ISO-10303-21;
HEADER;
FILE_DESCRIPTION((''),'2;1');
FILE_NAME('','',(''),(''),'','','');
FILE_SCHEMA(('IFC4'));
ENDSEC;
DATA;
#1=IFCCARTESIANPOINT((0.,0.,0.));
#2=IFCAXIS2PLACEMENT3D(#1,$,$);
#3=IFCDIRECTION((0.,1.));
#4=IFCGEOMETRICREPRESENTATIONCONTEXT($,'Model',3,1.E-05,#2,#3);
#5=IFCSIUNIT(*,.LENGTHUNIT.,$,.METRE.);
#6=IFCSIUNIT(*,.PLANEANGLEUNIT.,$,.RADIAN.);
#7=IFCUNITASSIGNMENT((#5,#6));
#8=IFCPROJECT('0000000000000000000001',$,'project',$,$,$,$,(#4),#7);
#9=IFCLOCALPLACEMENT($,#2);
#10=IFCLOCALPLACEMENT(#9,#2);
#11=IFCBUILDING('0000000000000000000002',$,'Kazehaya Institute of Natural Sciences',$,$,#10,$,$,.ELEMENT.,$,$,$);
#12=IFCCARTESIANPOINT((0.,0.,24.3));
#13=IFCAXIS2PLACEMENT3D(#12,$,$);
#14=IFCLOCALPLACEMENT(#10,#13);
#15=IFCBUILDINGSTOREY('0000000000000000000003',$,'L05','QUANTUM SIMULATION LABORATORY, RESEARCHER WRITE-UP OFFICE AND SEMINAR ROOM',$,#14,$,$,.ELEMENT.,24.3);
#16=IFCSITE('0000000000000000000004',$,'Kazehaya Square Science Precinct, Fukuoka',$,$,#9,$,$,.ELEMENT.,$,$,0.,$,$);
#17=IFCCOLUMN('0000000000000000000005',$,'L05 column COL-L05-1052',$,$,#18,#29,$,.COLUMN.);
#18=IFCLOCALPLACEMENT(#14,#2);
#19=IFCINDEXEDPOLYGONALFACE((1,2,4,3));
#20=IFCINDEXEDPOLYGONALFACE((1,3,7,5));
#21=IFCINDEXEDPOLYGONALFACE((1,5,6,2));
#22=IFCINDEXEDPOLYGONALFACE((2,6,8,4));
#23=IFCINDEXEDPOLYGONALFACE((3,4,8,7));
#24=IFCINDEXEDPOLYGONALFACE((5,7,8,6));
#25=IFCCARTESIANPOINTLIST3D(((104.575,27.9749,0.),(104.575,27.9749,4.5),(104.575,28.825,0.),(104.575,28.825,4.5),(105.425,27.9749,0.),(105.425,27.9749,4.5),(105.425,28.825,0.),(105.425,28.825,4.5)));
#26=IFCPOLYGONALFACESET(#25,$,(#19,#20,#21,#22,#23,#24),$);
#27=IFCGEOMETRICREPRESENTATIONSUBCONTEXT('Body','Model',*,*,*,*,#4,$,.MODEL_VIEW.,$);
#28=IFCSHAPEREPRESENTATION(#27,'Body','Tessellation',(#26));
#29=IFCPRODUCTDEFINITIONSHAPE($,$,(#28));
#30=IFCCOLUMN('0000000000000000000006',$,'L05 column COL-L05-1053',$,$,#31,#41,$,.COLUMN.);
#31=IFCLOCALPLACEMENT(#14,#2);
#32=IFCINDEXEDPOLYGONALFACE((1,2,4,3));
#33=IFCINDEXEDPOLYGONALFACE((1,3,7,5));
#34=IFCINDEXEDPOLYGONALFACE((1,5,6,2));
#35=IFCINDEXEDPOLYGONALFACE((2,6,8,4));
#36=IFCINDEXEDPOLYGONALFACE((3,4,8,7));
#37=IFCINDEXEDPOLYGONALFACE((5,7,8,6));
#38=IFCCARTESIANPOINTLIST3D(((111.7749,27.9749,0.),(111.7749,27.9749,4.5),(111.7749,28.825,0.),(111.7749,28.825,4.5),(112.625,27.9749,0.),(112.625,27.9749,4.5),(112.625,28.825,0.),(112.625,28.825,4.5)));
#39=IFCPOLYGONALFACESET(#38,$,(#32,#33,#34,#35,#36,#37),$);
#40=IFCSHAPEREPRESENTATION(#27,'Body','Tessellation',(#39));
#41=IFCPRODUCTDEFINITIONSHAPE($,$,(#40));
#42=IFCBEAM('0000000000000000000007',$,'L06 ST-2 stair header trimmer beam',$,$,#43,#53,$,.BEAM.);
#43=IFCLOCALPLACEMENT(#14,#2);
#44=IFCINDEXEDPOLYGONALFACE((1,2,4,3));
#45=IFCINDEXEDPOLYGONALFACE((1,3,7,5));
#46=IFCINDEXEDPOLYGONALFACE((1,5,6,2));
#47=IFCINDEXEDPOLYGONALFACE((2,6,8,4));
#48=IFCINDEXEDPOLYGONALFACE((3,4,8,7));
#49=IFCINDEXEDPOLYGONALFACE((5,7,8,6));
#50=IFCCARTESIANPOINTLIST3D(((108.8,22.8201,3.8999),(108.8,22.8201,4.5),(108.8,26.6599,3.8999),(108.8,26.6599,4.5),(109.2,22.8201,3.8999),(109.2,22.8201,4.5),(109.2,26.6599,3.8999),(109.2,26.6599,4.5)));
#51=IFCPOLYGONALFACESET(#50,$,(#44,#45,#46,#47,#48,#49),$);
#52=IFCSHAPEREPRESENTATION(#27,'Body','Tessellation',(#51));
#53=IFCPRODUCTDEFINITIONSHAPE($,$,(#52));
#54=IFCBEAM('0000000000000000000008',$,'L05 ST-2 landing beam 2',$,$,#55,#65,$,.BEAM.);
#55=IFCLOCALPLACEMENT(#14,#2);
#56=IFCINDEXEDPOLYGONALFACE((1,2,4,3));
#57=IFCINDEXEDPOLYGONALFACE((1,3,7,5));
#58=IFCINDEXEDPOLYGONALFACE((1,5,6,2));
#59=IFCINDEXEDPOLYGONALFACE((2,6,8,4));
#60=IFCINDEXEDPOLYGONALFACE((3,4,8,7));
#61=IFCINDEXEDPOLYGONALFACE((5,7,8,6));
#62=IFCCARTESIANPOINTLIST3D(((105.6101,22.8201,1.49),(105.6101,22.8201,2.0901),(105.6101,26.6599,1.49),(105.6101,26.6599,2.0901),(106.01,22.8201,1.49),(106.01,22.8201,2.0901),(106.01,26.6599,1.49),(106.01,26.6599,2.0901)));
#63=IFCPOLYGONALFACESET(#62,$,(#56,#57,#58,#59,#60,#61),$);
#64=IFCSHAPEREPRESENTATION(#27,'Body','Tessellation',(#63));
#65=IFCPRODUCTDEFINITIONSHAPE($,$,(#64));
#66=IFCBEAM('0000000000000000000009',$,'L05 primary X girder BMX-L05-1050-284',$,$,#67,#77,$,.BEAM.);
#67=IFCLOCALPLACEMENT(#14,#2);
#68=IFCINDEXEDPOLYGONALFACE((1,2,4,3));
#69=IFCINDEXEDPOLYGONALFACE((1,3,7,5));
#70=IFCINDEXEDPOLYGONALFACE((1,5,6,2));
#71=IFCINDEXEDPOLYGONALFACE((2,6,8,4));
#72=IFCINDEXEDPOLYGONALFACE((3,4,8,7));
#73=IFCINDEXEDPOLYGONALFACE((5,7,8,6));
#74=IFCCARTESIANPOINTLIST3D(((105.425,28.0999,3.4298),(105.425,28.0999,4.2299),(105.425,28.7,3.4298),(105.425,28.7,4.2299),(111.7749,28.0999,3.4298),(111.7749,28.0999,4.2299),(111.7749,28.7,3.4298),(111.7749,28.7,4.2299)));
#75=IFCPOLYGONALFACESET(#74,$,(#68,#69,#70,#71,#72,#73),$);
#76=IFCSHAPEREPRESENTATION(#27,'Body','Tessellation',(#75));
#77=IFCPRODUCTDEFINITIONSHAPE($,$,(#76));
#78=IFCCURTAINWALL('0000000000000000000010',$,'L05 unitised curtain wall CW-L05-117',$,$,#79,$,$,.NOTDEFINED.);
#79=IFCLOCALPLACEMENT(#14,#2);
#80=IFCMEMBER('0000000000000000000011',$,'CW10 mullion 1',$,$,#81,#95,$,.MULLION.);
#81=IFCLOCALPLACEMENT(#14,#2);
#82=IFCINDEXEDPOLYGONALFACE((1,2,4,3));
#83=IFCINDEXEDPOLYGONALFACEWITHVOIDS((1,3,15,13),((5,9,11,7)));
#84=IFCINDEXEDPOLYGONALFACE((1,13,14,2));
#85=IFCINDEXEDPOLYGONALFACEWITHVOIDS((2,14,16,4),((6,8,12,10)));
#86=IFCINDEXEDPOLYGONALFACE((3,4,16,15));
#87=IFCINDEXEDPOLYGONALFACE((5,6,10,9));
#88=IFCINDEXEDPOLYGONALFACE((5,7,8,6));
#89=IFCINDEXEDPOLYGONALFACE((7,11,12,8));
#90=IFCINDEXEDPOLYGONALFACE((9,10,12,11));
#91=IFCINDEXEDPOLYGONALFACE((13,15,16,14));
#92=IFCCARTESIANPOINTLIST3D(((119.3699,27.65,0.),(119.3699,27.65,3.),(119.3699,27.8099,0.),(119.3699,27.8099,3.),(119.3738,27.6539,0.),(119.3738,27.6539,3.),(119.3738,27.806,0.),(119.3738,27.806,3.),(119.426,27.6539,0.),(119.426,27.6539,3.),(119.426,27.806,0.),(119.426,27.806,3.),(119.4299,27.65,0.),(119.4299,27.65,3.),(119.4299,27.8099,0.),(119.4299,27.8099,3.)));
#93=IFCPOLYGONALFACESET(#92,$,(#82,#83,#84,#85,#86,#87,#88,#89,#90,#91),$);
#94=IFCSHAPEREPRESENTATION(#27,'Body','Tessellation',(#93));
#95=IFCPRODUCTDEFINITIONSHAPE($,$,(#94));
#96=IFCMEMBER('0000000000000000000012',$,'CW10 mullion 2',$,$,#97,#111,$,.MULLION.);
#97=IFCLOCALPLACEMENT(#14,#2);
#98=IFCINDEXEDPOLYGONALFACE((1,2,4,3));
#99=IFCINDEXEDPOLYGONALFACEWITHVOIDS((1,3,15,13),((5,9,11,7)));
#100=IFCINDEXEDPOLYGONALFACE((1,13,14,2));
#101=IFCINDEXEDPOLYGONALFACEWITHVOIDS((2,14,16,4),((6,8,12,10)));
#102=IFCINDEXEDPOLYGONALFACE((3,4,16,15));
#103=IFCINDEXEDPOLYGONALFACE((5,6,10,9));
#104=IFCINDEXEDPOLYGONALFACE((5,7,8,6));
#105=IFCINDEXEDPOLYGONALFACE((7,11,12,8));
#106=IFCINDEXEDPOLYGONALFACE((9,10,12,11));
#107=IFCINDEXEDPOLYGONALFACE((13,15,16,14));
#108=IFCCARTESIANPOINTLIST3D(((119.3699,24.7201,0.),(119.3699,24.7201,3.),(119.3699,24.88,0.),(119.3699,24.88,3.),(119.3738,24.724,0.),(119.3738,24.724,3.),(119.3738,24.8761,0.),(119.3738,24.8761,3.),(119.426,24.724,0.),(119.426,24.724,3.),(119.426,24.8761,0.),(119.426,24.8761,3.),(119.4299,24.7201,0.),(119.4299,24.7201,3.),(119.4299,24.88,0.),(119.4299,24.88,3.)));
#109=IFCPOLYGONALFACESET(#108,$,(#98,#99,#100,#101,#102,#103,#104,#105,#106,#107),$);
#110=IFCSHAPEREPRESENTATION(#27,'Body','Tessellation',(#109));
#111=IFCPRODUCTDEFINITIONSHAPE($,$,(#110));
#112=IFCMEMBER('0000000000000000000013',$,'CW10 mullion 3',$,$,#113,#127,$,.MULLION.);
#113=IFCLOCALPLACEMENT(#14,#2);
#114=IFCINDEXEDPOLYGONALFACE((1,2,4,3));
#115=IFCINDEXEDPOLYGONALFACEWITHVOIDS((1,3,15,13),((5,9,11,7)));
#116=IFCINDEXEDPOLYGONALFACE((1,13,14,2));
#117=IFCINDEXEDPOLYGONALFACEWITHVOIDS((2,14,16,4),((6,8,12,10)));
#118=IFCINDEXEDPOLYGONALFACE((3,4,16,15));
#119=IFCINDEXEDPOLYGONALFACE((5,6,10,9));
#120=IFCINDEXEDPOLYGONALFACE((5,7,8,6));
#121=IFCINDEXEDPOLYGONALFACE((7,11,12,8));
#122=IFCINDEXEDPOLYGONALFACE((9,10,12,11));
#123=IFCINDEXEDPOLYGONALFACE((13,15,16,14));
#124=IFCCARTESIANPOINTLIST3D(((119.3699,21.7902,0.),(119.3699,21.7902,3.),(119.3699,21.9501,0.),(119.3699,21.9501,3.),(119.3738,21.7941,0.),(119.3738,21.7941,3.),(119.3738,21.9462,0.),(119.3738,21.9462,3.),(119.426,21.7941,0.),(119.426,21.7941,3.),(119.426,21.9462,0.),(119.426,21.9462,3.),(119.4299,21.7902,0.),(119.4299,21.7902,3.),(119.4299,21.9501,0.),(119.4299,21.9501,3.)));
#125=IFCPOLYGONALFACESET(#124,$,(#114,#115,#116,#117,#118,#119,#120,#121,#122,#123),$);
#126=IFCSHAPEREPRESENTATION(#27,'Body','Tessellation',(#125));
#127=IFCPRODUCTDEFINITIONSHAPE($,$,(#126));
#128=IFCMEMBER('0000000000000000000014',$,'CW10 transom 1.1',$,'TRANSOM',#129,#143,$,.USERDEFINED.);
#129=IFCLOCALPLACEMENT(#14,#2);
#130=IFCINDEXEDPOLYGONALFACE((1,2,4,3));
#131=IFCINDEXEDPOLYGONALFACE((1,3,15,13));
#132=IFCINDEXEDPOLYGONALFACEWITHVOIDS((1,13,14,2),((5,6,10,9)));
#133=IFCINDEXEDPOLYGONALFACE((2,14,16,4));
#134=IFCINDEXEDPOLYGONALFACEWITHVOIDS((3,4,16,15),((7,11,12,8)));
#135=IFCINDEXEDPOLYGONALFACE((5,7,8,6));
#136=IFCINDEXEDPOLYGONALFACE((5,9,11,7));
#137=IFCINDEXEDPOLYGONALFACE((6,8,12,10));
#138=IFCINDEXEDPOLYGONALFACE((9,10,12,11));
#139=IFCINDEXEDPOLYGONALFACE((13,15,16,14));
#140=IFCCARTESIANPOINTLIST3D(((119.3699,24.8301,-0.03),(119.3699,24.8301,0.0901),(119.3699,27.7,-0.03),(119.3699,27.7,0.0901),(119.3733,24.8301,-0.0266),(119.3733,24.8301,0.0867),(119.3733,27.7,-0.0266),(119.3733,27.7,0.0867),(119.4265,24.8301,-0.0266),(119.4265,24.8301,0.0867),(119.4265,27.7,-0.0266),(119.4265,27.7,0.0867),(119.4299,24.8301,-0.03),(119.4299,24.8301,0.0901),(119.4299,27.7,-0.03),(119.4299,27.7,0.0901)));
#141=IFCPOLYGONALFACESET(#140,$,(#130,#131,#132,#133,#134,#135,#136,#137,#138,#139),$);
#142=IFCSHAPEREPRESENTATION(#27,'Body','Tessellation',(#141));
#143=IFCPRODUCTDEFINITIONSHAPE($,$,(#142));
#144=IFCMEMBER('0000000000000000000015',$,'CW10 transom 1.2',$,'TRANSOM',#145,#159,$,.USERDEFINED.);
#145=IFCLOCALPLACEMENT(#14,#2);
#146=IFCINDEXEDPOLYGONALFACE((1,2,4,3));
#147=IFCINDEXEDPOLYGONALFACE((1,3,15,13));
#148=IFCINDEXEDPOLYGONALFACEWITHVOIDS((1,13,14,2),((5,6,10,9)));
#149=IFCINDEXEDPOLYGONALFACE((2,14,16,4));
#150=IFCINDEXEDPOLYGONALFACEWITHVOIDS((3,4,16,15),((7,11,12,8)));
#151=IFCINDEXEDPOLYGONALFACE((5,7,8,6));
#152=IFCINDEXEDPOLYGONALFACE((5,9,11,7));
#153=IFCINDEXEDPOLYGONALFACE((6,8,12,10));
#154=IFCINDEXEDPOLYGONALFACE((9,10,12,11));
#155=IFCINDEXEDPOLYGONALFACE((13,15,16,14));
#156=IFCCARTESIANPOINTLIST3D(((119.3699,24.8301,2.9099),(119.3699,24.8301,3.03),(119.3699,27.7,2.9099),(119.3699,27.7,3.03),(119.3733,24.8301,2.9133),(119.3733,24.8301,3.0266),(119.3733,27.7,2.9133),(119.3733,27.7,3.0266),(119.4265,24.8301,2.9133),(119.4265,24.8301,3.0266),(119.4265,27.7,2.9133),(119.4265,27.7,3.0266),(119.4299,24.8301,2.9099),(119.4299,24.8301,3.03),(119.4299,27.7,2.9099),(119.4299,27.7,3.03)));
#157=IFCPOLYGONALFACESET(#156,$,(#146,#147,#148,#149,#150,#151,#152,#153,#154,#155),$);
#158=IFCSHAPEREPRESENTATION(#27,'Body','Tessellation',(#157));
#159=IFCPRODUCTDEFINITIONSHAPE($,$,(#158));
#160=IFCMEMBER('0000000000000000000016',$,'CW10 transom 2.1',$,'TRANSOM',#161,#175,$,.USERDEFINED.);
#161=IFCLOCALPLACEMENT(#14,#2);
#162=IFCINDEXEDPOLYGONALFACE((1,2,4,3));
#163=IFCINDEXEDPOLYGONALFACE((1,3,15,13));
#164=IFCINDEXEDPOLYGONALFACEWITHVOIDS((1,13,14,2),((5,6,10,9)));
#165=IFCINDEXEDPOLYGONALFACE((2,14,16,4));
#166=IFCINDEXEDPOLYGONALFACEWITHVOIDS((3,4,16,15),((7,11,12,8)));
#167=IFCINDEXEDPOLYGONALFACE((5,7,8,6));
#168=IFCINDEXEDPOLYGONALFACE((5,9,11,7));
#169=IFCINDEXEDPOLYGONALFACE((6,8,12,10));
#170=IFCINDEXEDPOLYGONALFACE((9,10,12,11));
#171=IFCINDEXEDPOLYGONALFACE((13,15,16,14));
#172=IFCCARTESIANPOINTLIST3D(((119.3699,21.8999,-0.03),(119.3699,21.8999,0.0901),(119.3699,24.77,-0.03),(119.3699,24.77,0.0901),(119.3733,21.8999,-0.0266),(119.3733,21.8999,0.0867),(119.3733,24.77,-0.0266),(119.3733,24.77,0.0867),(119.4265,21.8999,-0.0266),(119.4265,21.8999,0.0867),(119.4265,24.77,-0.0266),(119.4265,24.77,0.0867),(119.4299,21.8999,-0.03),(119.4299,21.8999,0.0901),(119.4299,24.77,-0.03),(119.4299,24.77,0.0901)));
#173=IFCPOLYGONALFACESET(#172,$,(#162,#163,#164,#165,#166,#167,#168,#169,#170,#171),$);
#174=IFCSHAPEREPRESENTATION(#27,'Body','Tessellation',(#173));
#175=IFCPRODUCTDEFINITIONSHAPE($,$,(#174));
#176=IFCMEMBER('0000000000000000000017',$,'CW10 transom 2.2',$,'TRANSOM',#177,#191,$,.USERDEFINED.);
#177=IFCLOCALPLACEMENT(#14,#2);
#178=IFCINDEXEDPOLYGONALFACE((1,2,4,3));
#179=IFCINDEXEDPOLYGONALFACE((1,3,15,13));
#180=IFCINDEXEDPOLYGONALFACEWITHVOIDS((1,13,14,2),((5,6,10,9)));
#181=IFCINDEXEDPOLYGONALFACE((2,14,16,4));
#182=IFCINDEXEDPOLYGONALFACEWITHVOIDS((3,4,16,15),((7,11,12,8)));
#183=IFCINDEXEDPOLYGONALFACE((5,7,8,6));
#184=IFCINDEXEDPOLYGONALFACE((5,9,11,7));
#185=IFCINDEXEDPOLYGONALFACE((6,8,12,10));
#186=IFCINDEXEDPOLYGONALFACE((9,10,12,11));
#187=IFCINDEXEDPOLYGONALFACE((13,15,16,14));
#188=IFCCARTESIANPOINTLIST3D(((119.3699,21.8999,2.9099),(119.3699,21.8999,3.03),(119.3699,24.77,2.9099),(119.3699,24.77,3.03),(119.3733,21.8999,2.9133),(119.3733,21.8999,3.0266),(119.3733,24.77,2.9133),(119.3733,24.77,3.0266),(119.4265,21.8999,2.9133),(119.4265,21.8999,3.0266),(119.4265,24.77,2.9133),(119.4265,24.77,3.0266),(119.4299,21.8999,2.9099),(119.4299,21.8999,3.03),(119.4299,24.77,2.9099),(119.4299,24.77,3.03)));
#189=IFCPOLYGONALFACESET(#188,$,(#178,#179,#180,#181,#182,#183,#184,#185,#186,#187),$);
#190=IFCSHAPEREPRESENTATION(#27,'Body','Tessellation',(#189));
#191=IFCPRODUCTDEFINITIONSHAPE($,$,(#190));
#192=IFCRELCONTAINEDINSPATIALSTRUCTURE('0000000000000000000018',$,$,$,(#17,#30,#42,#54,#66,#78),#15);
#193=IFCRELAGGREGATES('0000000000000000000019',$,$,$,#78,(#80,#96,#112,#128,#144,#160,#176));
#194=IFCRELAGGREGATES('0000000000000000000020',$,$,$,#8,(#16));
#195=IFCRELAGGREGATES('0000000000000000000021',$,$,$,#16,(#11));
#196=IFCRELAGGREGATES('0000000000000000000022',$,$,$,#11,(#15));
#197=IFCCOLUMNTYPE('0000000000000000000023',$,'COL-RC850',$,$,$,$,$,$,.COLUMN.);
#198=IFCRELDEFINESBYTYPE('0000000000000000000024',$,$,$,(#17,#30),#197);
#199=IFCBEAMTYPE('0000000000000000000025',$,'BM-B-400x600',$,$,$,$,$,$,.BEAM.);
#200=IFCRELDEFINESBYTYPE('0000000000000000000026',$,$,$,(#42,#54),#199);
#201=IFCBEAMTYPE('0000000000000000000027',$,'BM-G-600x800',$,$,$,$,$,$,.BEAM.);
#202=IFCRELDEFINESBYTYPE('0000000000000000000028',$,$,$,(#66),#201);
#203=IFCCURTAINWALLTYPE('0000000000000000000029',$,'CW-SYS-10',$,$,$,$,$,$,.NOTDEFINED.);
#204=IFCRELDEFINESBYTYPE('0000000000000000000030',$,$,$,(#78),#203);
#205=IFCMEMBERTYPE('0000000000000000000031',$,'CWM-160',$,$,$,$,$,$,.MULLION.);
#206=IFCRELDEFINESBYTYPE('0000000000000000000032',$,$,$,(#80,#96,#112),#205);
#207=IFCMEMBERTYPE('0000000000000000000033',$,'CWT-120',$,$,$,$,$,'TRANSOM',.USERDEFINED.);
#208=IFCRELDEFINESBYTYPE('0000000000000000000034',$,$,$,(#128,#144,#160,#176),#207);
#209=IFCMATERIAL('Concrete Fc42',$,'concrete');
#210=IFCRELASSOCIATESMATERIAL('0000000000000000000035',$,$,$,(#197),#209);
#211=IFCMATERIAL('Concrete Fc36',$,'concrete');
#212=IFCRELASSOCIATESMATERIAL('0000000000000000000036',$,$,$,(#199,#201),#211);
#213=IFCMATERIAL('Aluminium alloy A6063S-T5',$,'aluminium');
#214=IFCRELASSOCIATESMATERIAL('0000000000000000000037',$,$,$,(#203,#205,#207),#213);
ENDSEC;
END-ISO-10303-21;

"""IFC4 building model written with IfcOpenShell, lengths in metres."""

from ifc_helpers import new_model, si_unit, direction, frame, origin, origin_2d, place, context, subcontext, project, spatial, rectangle, hollow_rectangle, extrude, material, material_profile, profile_set, type_object, element, aggregate, save


model = new_model("IFC4")

# Units and contexts
model_context = context("Model", 3, precision=1e-05, world=origin(), true_north=direction((0.0, 1.0)))
body_context = subcontext(model_context, "Body", "Model", "MODEL_VIEW")
ifc_project = project(units=[si_unit("LENGTHUNIT", "METRE"), si_unit("PLANEANGLEUNIT", "RADIAN")], contexts=[model_context])

# Site, building, storey
site_placement = place(None, origin())
site = spatial("IfcSite", under=ifc_project, at=site_placement, Name="Kazehaya Square Science Precinct, Fukuoka", CompositionType="ELEMENT", RefElevation=0.0)
building_placement = place(site_placement, origin())
building = spatial("IfcBuilding", under=site, at=building_placement, Name="Kazehaya Institute of Natural Sciences", CompositionType="ELEMENT")
storey_placement = place(building_placement, frame((0.0, 0.0, 24.3)))
storey = spatial("IfcBuildingStorey", under=building, at=storey_placement, Name="L05", Description="QUANTUM SIMULATION LABORATORY, RESEARCHER WRITE-UP OFFICE AND SEMINAR ROOM", CompositionType="ELEMENT", Elevation=24.3)

# Columns
ifc_material_1 = material(Name="Concrete Fc42", Category="concrete")
ifc_material_profile_1 = material_profile(ifc_material_1, rectangle(XDim=0.8501, YDim=0.8501, at=origin_2d()), Name="RC-850x850")
ifc_profile_set_1 = profile_set([ifc_material_profile_1], Name="Concrete Fc42")
column_type = type_object("IfcColumnType", Name="COL-RC850", PredefinedType="COLUMN", material=ifc_profile_set_1)
for number, where, z_axis, x_axis, name in (
    (1, (105.0, 28.3999, 0.0), (0.0, 0.0, 1.0), (1.0, 0.0, 0.0), "L05 column COL-L05-1052"),
    (2, (112.2, 28.3999, 0.0), (0.0, 0.0, 1.0), (1.0, 0.0, 0.0), "L05 column COL-L05-1053"),
):
    element("IfcColumn", number, at=place(storey_placement, frame(where, z_axis=z_axis, x_axis=x_axis)), inside=storey, type_object=column_type, Name=name, PredefinedType="COLUMN", context=body_context, shape_type="SweptSolid", body=[
        extrude(rectangle(XDim=0.8501, YDim=0.8501, at=origin_2d()), origin(), (0.0, 0.0, 1.0), 4.5),
    ])

# Beams
ifc_material_2 = material(Name="Concrete Fc36", Category="concrete")
ifc_material_profile_2 = material_profile(ifc_material_2, rectangle(XDim=0.3999, YDim=0.6001, at=origin_2d()), Name="RC-400x600")
ifc_profile_set_2 = profile_set([ifc_material_profile_2], Name="Concrete Fc36")
beam_type_1 = type_object("IfcBeamType", Name="BM-B-400x600", PredefinedType="BEAM", material=ifc_profile_set_2)
for number, where, z_axis, x_axis, name in (
    (3, (109.0, 22.8201, 4.2), (0.0, 1.0, 0.0), (-1.0, 0.0, 0.0), "L06 ST-2 stair header trimmer beam"),
    (4, (105.8101, 22.8201, 1.79), (0.0, 1.0, 0.0), (-1.0, 0.0, 0.0), "L05 ST-2 landing beam 2"),
):
    element("IfcBeam", number, at=place(storey_placement, frame(where, z_axis=z_axis, x_axis=x_axis)), inside=storey, type_object=beam_type_1, Name=name, PredefinedType="BEAM", context=body_context, shape_type="SweptSolid", body=[
        extrude(rectangle(XDim=0.3999, YDim=0.6001, at=origin_2d()), origin(), (0.0, 0.0, 1.0), 3.8398),
    ])
ifc_material_profile_3 = material_profile(ifc_material_2, rectangle(XDim=0.6001, YDim=0.8, at=origin_2d()), Name="RC-600x800")
ifc_profile_set_3 = profile_set([ifc_material_profile_3], Name="Concrete Fc36")
beam_type_2 = type_object("IfcBeamType", Name="BM-G-600x800", PredefinedType="BEAM", material=ifc_profile_set_3)
beam_placement = place(storey_placement, frame((105.425, 28.3999, 3.8298), z_axis=(1.0, 0.0, 0.0), x_axis=(0.0, 1.0, 0.0)))
element("IfcBeam", 5, at=beam_placement, inside=storey, type_object=beam_type_2, Name="L05 primary X girder BMX-L05-1050-284", PredefinedType="BEAM", context=body_context, shape_type="SweptSolid", body=[
    extrude(rectangle(XDim=0.6001, YDim=0.8, at=origin_2d()), origin(), (0.0, 0.0, 1.0), 6.3499),
])

# Curtain wall, members
ifc_material_3 = material(Name="Aluminium alloy A6063S-T5", Category="aluminium")
curtain_wall_type = type_object("IfcCurtainWallType", Name="CW-SYS-10", PredefinedType="NOTDEFINED", material=ifc_material_3)
curtain_wall_placement = place(storey_placement, origin())
curtain_wall = element("IfcCurtainWall", 6, at=curtain_wall_placement, inside=storey, type_object=curtain_wall_type, Name="L05 unitised curtain wall CW-L05-117", PredefinedType="NOTDEFINED")
ifc_material_profile_4 = material_profile(ifc_material_3, hollow_rectangle(XDim=0.0601, YDim=0.1599, WallThickness=0.0039, at=origin_2d()), Name="ALU-60x160x4")
ifc_profile_set_4 = profile_set([ifc_material_profile_4], Name="Aluminium alloy A6063S-T5")
member_type_1 = type_object("IfcMemberType", Name="CWM-160", PredefinedType="MULLION", material=ifc_profile_set_4)
member_1_placement = place(storey_placement, frame((119.3999, 27.73, 0.0), z_axis=(0.0, 0.0, 1.0), x_axis=(1.0, 0.0, 0.0)))
member_1 = element("IfcMember", 7, at=member_1_placement, type_object=member_type_1, Name="CW10 mullion 1", PredefinedType="MULLION", context=body_context, shape_type="SweptSolid", body=[
    extrude(hollow_rectangle(XDim=0.0601, YDim=0.1599, WallThickness=0.0039, at=origin_2d()), origin(), (0.0, 0.0, 1.0), 3.0),
])
member_2_placement = place(storey_placement, frame((119.3999, 24.8, 0.0), z_axis=(0.0, 0.0, 1.0), x_axis=(1.0, 0.0, 0.0)))
member_2 = element("IfcMember", 8, at=member_2_placement, type_object=member_type_1, Name="CW10 mullion 2", PredefinedType="MULLION", context=body_context, shape_type="SweptSolid", body=[
    extrude(hollow_rectangle(XDim=0.0601, YDim=0.1599, WallThickness=0.0039, at=origin_2d()), origin(), (0.0, 0.0, 1.0), 3.0),
])
member_3_placement = place(storey_placement, frame((119.3999, 21.8701, 0.0), z_axis=(0.0, 0.0, 1.0), x_axis=(1.0, 0.0, 0.0)))
member_3 = element("IfcMember", 9, at=member_3_placement, type_object=member_type_1, Name="CW10 mullion 3", PredefinedType="MULLION", context=body_context, shape_type="SweptSolid", body=[
    extrude(hollow_rectangle(XDim=0.0601, YDim=0.1599, WallThickness=0.0039, at=origin_2d()), origin(), (0.0, 0.0, 1.0), 3.0),
])
ifc_material_profile_5 = material_profile(ifc_material_3, hollow_rectangle(XDim=0.0601, YDim=0.1201, WallThickness=0.0034, at=origin_2d()), Name="ALU-60x120x3.5")
ifc_profile_set_5 = profile_set([ifc_material_profile_5], Name="Aluminium alloy A6063S-T5")
member_type_2 = type_object("IfcMemberType", Name="CWT-120", ElementType="TRANSOM", PredefinedType="USERDEFINED", material=ifc_profile_set_5)
member_4_placement = place(storey_placement, frame((119.3999, 27.7, 0.03), z_axis=(0.0, -1.0, 0.0), x_axis=(1.0, 0.0, 0.0)))
member_4 = element("IfcMember", 10, at=member_4_placement, type_object=member_type_2, Name="CW10 transom 1.1", ObjectType="TRANSOM", PredefinedType="USERDEFINED", context=body_context, shape_type="SweptSolid", body=[
    extrude(hollow_rectangle(XDim=0.0601, YDim=0.1201, WallThickness=0.0034, at=origin_2d()), origin(), (0.0, 0.0, 1.0), 2.8699),
])
member_5_placement = place(storey_placement, frame((119.3999, 27.7, 2.97), z_axis=(0.0, -1.0, 0.0), x_axis=(1.0, 0.0, 0.0)))
member_5 = element("IfcMember", 11, at=member_5_placement, type_object=member_type_2, Name="CW10 transom 1.2", ObjectType="TRANSOM", PredefinedType="USERDEFINED", context=body_context, shape_type="SweptSolid", body=[
    extrude(hollow_rectangle(XDim=0.0601, YDim=0.1201, WallThickness=0.0034, at=origin_2d()), origin(), (0.0, 0.0, 1.0), 2.8699),
])
member_6_placement = place(storey_placement, frame((119.3999, 24.77, 0.03), z_axis=(0.0, -1.0, 0.0), x_axis=(1.0, 0.0, 0.0)))
member_6 = element("IfcMember", 12, at=member_6_placement, type_object=member_type_2, Name="CW10 transom 2.1", ObjectType="TRANSOM", PredefinedType="USERDEFINED", context=body_context, shape_type="SweptSolid", body=[
    extrude(hollow_rectangle(XDim=0.0601, YDim=0.1201, WallThickness=0.0034, at=origin_2d()), origin(), (0.0, 0.0, 1.0), 2.8701),
])
member_7_placement = place(storey_placement, frame((119.3999, 24.77, 2.97), z_axis=(0.0, -1.0, 0.0), x_axis=(1.0, 0.0, 0.0)))
member_7 = element("IfcMember", 13, at=member_7_placement, type_object=member_type_2, Name="CW10 transom 2.2", ObjectType="TRANSOM", PredefinedType="USERDEFINED", context=body_context, shape_type="SweptSolid", body=[
    extrude(hollow_rectangle(XDim=0.0601, YDim=0.1201, WallThickness=0.0034, at=origin_2d()), origin(), (0.0, 0.0, 1.0), 2.8701),
])
aggregate(curtain_wall, [member_1, member_2, member_3, member_4, member_5, member_6, member_7])

save(model, "model.ifc")
